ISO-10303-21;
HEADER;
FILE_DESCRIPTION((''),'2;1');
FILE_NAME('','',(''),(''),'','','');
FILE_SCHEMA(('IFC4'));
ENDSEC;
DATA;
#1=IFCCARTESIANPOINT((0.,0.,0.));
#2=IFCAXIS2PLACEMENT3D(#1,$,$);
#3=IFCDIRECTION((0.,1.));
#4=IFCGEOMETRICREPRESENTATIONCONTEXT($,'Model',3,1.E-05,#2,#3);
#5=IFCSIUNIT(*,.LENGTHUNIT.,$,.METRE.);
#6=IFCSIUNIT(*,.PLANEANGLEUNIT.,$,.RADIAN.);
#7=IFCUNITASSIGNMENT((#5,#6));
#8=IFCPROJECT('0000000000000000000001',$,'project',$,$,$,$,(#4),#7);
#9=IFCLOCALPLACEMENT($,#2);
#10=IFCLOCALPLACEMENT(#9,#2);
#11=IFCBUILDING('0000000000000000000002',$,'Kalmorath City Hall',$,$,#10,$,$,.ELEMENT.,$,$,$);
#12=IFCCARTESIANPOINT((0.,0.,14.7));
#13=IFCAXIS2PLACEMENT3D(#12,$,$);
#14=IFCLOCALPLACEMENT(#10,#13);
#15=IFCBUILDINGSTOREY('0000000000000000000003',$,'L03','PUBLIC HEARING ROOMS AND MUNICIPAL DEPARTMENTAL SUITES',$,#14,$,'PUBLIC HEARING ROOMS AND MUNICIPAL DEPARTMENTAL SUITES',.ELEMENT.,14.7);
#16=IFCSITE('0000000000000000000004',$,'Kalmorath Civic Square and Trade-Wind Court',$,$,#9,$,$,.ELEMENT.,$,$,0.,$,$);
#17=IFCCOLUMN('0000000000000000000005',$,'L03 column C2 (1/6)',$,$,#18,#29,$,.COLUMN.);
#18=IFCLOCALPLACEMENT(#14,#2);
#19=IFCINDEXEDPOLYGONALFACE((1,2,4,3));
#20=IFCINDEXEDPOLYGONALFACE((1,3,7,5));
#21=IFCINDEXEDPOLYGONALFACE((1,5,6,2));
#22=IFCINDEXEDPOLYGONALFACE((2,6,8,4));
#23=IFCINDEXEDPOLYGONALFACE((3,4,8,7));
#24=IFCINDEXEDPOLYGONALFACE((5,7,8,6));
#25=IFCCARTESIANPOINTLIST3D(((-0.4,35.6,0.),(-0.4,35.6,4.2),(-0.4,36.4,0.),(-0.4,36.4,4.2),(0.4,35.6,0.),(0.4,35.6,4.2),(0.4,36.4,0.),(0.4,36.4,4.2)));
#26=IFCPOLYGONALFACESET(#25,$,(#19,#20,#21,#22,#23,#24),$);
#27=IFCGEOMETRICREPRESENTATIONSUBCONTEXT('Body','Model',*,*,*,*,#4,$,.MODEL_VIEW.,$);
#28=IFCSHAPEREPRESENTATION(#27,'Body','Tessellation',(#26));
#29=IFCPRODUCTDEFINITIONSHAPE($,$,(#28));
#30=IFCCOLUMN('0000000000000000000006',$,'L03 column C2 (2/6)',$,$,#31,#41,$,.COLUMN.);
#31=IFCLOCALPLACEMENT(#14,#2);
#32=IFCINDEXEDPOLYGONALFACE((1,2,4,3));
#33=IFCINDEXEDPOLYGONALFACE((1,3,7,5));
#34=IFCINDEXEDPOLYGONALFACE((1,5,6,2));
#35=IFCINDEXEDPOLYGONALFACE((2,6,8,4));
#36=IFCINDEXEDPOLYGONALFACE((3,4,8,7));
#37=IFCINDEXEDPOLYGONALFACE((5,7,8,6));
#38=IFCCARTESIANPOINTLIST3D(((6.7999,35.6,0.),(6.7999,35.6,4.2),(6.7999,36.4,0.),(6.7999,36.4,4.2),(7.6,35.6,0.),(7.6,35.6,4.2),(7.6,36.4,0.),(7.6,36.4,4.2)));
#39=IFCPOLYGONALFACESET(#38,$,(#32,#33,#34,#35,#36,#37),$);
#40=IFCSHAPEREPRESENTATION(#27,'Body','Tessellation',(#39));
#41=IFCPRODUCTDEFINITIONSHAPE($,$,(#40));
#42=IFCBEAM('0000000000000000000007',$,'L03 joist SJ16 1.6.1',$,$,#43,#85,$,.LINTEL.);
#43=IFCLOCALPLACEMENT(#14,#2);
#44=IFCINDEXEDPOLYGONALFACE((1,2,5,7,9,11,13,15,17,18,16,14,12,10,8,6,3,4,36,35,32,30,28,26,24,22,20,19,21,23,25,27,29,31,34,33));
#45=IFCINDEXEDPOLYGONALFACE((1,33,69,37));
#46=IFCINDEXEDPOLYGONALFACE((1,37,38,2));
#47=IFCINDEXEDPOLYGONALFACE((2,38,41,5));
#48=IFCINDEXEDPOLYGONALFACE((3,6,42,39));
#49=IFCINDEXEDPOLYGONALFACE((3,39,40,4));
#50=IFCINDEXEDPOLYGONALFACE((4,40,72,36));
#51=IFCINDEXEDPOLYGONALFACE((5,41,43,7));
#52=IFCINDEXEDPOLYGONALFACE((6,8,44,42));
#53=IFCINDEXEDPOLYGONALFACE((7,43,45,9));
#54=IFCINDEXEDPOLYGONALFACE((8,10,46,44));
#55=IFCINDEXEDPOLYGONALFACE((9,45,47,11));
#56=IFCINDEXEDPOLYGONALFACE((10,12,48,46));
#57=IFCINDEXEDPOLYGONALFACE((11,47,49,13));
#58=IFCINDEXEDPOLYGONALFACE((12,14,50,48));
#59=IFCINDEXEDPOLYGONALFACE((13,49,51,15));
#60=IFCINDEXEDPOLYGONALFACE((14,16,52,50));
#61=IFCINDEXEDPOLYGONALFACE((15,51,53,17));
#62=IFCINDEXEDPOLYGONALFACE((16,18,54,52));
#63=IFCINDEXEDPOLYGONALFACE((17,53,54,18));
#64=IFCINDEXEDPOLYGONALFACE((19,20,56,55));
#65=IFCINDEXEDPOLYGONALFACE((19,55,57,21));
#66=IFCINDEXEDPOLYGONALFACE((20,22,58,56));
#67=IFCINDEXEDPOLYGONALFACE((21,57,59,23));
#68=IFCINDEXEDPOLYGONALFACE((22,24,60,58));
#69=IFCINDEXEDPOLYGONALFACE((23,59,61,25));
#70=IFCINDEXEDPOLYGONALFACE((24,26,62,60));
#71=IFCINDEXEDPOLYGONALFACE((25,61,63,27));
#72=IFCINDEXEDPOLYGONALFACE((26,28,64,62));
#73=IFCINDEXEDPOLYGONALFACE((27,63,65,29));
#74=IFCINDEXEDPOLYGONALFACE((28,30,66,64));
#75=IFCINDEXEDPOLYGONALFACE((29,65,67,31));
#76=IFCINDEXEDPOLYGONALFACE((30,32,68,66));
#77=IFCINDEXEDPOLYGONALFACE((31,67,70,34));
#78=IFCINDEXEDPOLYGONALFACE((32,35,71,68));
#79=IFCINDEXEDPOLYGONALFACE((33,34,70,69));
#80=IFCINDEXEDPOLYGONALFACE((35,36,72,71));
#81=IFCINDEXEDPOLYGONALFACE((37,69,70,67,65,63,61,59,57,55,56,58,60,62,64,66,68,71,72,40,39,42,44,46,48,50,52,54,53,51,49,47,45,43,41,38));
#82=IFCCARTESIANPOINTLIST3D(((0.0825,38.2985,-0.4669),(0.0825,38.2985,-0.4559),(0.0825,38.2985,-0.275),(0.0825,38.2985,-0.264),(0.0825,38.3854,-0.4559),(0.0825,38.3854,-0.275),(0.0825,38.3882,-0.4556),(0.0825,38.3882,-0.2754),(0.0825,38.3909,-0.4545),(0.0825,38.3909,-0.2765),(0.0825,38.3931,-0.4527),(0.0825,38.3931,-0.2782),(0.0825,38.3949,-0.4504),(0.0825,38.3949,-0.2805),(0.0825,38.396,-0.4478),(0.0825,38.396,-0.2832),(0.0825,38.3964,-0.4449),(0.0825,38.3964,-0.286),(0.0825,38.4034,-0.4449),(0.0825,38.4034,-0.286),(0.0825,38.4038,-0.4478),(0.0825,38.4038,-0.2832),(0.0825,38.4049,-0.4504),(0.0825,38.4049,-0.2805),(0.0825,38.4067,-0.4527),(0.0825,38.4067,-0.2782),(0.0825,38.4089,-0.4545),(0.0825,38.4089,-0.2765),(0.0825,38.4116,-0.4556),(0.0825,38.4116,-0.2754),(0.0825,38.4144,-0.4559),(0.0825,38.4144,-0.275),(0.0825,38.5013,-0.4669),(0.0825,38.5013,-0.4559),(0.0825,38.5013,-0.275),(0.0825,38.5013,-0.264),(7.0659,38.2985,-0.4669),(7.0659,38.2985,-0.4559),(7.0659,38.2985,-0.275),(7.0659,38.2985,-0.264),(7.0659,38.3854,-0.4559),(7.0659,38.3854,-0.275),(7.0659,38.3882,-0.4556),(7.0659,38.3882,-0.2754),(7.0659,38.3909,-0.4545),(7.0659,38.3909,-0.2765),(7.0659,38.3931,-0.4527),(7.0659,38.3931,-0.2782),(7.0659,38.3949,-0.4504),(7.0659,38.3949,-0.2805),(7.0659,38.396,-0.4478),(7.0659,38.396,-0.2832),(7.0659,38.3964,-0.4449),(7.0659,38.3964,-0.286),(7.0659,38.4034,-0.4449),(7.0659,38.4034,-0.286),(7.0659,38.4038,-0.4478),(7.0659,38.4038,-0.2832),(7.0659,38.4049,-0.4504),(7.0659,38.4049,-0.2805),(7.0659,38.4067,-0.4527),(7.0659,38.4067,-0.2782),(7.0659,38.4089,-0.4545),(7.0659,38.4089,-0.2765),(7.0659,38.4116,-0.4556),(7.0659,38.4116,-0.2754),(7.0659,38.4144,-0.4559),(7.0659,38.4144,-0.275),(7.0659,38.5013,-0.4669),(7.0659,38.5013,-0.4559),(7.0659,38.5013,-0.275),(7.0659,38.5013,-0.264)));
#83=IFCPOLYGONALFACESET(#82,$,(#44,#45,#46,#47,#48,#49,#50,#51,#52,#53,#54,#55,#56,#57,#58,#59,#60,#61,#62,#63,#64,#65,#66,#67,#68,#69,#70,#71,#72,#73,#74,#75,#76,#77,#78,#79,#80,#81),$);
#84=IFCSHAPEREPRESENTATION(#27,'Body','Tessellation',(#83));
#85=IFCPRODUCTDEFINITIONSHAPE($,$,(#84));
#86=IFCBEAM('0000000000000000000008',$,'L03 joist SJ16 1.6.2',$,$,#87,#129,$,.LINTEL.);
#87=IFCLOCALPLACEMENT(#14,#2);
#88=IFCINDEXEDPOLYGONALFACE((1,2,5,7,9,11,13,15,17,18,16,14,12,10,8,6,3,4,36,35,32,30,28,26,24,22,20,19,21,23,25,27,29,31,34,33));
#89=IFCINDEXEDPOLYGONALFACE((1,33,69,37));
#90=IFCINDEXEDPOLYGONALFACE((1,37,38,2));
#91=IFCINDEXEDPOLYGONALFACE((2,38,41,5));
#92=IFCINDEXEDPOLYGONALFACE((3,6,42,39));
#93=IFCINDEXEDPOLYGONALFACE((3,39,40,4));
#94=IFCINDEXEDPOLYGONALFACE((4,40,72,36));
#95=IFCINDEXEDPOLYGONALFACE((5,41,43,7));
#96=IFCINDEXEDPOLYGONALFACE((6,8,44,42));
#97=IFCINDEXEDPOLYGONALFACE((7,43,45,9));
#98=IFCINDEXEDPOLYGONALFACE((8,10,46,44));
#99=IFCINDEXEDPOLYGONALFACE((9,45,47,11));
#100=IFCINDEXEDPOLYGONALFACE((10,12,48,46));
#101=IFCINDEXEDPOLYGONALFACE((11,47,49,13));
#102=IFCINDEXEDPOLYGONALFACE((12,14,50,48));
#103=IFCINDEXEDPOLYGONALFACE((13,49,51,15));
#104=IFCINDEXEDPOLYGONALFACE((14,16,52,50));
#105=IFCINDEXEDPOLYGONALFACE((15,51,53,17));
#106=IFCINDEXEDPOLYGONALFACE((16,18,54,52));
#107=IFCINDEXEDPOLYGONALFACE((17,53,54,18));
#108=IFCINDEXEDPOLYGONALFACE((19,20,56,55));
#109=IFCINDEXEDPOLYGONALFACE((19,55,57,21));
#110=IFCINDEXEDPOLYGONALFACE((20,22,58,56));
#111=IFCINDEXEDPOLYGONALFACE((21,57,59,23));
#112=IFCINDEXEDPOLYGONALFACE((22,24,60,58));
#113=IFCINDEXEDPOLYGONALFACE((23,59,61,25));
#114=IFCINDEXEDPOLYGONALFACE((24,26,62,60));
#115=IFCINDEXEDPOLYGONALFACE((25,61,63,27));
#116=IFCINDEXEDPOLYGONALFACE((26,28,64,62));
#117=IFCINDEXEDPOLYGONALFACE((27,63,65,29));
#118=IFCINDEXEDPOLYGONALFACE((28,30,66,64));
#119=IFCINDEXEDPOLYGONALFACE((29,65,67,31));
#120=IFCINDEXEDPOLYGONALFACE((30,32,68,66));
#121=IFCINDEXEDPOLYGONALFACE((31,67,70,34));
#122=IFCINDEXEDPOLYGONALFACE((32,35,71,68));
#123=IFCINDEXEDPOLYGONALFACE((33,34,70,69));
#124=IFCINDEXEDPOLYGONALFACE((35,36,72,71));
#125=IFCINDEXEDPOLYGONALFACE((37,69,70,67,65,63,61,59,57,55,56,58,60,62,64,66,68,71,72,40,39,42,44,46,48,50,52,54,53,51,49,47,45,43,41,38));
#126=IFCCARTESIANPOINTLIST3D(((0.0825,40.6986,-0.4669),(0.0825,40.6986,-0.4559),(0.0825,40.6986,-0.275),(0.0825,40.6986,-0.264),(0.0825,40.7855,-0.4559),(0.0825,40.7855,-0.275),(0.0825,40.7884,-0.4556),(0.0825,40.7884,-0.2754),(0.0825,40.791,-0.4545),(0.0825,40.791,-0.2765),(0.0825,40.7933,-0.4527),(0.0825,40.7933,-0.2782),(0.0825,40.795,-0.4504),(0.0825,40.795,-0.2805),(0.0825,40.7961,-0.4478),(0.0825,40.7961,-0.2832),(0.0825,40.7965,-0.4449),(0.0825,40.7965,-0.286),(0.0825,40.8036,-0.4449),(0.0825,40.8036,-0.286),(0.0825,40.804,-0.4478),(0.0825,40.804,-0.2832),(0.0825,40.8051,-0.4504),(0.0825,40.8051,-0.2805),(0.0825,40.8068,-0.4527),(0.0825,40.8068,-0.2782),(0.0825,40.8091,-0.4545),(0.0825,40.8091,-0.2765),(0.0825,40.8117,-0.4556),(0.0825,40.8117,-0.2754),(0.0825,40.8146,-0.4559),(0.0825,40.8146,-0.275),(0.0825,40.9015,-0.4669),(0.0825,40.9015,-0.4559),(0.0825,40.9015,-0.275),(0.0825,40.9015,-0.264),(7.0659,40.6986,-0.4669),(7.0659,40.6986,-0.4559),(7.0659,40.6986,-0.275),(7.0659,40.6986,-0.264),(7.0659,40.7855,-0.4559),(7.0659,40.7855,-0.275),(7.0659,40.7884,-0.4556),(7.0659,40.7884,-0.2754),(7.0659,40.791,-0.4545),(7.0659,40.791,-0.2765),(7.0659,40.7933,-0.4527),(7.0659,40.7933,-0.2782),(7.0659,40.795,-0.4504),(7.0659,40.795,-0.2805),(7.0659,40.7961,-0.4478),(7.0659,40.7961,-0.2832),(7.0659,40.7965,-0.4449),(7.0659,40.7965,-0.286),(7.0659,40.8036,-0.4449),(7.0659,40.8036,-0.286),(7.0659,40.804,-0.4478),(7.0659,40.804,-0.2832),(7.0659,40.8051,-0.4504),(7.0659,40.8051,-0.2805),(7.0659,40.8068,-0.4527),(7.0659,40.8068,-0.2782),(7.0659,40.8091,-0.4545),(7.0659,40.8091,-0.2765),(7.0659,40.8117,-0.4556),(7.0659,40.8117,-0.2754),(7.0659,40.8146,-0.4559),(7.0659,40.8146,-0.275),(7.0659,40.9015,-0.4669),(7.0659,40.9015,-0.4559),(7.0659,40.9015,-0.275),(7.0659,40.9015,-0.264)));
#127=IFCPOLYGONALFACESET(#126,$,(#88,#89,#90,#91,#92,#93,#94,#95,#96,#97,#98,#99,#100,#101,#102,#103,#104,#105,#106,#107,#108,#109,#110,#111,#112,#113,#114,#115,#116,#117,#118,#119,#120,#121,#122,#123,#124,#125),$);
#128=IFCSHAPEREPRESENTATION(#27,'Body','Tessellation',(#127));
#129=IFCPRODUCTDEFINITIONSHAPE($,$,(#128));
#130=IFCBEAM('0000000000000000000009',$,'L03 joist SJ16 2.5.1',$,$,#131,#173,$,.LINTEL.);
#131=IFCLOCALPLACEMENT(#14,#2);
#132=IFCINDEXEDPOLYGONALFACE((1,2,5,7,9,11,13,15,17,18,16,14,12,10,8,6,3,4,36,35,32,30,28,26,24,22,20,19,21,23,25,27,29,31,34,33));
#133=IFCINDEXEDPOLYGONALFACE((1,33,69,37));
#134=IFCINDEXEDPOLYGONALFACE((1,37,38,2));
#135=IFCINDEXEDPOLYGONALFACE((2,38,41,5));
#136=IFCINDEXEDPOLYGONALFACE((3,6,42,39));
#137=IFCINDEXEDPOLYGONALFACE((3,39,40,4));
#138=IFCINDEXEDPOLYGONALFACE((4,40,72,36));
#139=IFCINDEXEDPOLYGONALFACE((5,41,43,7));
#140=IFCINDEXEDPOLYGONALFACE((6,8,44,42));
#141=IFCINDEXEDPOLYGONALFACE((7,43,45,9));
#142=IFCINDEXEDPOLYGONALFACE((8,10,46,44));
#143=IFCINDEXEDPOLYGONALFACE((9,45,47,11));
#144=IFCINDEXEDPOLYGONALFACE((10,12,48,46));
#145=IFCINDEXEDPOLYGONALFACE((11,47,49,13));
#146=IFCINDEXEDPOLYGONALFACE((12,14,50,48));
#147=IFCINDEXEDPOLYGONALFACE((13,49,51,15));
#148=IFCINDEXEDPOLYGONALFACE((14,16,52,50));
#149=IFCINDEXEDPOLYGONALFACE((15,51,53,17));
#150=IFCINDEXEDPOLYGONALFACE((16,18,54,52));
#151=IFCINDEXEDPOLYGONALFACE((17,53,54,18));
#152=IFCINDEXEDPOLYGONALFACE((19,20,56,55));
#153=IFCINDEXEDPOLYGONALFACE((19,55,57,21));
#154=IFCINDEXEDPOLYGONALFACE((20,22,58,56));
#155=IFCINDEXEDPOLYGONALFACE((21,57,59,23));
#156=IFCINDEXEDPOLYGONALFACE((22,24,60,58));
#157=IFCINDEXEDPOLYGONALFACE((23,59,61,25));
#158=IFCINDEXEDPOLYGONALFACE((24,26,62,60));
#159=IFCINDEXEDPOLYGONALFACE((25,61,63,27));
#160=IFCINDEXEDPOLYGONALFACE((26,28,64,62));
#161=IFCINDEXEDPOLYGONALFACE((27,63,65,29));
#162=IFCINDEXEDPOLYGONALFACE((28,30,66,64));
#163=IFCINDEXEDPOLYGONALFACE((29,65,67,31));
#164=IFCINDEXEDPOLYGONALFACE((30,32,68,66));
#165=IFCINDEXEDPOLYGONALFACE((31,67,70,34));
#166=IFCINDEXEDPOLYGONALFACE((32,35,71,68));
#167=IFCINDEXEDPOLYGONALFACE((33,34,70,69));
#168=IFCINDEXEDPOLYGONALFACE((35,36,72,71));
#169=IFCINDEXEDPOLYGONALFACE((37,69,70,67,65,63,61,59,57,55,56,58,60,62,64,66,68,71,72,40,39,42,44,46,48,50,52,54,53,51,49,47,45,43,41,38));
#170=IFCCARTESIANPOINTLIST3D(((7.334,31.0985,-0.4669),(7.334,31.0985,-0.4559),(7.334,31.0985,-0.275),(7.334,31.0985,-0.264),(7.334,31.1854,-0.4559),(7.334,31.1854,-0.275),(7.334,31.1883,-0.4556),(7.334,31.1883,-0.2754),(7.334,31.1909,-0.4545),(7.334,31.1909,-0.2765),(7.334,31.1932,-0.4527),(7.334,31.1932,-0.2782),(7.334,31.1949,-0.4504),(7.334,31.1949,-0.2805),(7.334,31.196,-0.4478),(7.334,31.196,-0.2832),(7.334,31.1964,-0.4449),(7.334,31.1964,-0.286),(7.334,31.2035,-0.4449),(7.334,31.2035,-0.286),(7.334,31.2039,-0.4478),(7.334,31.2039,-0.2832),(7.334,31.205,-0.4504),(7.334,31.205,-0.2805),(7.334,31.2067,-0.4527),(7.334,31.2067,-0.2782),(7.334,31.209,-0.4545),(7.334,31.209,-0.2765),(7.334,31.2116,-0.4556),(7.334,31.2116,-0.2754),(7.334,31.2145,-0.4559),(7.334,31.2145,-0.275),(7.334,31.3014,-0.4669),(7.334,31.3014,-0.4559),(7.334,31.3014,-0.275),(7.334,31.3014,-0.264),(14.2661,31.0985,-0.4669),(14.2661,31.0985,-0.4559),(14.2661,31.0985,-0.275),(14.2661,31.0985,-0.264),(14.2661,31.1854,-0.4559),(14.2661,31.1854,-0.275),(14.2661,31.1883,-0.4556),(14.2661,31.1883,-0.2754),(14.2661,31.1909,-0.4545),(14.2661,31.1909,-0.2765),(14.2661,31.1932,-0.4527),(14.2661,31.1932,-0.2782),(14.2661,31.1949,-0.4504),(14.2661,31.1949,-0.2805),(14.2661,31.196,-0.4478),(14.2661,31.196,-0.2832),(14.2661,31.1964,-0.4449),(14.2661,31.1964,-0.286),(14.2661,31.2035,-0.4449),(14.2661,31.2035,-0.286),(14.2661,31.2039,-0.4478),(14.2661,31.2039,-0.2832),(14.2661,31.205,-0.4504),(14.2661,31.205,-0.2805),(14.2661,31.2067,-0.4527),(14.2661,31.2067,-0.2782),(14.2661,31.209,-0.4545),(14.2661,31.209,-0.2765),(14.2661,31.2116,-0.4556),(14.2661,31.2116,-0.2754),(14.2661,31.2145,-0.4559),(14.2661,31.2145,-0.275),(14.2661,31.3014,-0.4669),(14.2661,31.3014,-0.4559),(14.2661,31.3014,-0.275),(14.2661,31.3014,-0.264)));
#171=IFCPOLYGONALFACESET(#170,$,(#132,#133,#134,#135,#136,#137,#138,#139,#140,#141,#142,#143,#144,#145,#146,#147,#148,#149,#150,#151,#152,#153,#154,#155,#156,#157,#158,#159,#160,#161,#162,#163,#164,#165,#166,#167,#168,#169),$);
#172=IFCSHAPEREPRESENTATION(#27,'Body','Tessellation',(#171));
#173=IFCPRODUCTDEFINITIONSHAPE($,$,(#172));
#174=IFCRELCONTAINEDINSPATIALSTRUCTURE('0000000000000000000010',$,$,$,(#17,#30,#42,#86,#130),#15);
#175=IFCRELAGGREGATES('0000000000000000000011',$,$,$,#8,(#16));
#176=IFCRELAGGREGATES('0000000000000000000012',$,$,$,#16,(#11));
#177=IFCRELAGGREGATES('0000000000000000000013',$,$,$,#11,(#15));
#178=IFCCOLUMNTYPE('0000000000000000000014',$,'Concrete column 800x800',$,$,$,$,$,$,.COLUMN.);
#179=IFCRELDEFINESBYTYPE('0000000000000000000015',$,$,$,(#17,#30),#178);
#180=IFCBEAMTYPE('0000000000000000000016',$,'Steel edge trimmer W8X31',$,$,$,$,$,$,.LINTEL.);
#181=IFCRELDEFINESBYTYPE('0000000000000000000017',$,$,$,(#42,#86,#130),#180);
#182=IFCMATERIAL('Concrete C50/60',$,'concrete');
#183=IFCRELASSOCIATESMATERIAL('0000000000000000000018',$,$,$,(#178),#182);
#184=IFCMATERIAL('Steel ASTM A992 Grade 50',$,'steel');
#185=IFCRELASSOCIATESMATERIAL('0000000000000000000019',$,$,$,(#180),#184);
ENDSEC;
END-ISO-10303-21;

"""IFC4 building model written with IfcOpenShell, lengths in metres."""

from ifc_helpers import new_model, si_unit, direction, frame, origin, origin_2d, place, context, subcontext, project, spatial, rectangle, i_section, extrude, material, material_profile, profile_set, type_object, element, save


model = new_model("IFC4")

# Units and contexts
model_context = context("Model", 3, precision=1e-05, world=origin(), true_north=direction((0.0, 1.0)))
body_context = subcontext(model_context, "Body", "Model", "MODEL_VIEW")
ifc_project = project(units=[si_unit("LENGTHUNIT", "METRE"), si_unit("PLANEANGLEUNIT", "RADIAN")], contexts=[model_context])

# Site, building, storey
site_placement = place(None, origin())
site = spatial("IfcSite", under=ifc_project, at=site_placement, Name="Kalmorath Civic Square and Trade-Wind Court", CompositionType="ELEMENT", RefElevation=0.0)
building_placement = place(site_placement, origin())
building = spatial("IfcBuilding", under=site, at=building_placement, Name="Kalmorath City Hall", CompositionType="ELEMENT")
storey_placement = place(building_placement, frame((0.0, 0.0, 14.7)))
storey = spatial("IfcBuildingStorey", under=building, at=storey_placement, Name="L03", Description="PUBLIC HEARING ROOMS AND MUNICIPAL DEPARTMENTAL SUITES", LongName="PUBLIC HEARING ROOMS AND MUNICIPAL DEPARTMENTAL SUITES", CompositionType="ELEMENT", Elevation=14.7)

# Columns
ifc_material_1 = material(Name="Concrete C50/60", Category="concrete")
ifc_material_profile_1 = material_profile(ifc_material_1, rectangle(XDim=0.8, YDim=0.8, at=origin_2d()), Name="RC-COL-800X800")
ifc_profile_set_1 = profile_set([ifc_material_profile_1], Name="Concrete C50/60")
column_type = type_object("IfcColumnType", Name="Concrete column 800x800", PredefinedType="COLUMN", material=ifc_profile_set_1)
for number, where, z_axis, x_axis, name in (
    (1, (0.0, 36.0, 0.0), (0.0, 0.0, 1.0), (1.0, 0.0, 0.0), "L03 column C2 (1/6)"),
    (2, (7.2, 36.0, 0.0), (0.0, 0.0, 1.0), (1.0, 0.0, 0.0), "L03 column C2 (2/6)"),
):
    element("IfcColumn", number, at=place(storey_placement, frame(where, z_axis=z_axis, x_axis=x_axis)), inside=storey, type_object=column_type, Name=name, PredefinedType="COLUMN", context=body_context, shape_type="SweptSolid", body=[
        extrude(rectangle(XDim=0.8, YDim=0.8, at=origin_2d()), origin(), (0.0, 0.0, 1.0), 4.2),
    ])

# Beams
ifc_material_2 = material(Name="Steel ASTM A992 Grade 50", Category="steel")
ifc_material_profile_2 = material_profile(ifc_material_2, i_section(OverallWidth=0.2029, OverallDepth=0.2029, WebThickness=0.0071, FlangeThickness=0.011, FilletRadius=0.011, at=origin_2d()), Name="W8X31")
ifc_profile_set_2 = profile_set([ifc_material_profile_2], Name="Steel ASTM A992 Grade 50")
beam_type_1 = type_object("IfcBeamType", Name="Steel edge trimmer W8X31", PredefinedType="LINTEL", material=ifc_profile_set_2)
for number, where, z_axis, x_axis, name in (
    (3, (0.0825, 38.3999, -0.3655), (1.0, 0.0, 0.0), (0.0, 1.0, 0.0), "L03 joist SJ16 1.6.1"),
    (4, (0.0825, 40.8, -0.3655), (1.0, 0.0, 0.0), (0.0, 1.0, 0.0), "L03 joist SJ16 1.6.2"),
):
    element("IfcBeam", number, at=place(storey_placement, frame(where, z_axis=z_axis, x_axis=x_axis)), inside=storey, type_object=beam_type_1, Name=name, PredefinedType="LINTEL", context=body_context, shape_type="SweptSolid", body=[
        extrude(i_section(OverallWidth=0.2029, OverallDepth=0.2029, WebThickness=0.0071, FlangeThickness=0.011, FilletRadius=0.011, at=origin_2d()), origin(), (0.0, 0.0, 1.0), 6.9834),
    ])
beam_1_placement = place(storey_placement, frame((7.334, 31.2, -0.3655), z_axis=(1.0, 0.0, 0.0), x_axis=(0.0, 1.0, 0.0)))
element("IfcBeam", 5, at=beam_1_placement, inside=storey, type_object=beam_type_1, Name="L03 joist SJ16 2.5.1", PredefinedType="LINTEL", context=body_context, shape_type="SweptSolid", body=[
    extrude(i_section(OverallWidth=0.2029, OverallDepth=0.2029, WebThickness=0.0071, FlangeThickness=0.011, FilletRadius=0.011, at=origin_2d()), origin(), (0.0, 0.0, 1.0), 6.9321),
])

save(model, "model.ifc")
